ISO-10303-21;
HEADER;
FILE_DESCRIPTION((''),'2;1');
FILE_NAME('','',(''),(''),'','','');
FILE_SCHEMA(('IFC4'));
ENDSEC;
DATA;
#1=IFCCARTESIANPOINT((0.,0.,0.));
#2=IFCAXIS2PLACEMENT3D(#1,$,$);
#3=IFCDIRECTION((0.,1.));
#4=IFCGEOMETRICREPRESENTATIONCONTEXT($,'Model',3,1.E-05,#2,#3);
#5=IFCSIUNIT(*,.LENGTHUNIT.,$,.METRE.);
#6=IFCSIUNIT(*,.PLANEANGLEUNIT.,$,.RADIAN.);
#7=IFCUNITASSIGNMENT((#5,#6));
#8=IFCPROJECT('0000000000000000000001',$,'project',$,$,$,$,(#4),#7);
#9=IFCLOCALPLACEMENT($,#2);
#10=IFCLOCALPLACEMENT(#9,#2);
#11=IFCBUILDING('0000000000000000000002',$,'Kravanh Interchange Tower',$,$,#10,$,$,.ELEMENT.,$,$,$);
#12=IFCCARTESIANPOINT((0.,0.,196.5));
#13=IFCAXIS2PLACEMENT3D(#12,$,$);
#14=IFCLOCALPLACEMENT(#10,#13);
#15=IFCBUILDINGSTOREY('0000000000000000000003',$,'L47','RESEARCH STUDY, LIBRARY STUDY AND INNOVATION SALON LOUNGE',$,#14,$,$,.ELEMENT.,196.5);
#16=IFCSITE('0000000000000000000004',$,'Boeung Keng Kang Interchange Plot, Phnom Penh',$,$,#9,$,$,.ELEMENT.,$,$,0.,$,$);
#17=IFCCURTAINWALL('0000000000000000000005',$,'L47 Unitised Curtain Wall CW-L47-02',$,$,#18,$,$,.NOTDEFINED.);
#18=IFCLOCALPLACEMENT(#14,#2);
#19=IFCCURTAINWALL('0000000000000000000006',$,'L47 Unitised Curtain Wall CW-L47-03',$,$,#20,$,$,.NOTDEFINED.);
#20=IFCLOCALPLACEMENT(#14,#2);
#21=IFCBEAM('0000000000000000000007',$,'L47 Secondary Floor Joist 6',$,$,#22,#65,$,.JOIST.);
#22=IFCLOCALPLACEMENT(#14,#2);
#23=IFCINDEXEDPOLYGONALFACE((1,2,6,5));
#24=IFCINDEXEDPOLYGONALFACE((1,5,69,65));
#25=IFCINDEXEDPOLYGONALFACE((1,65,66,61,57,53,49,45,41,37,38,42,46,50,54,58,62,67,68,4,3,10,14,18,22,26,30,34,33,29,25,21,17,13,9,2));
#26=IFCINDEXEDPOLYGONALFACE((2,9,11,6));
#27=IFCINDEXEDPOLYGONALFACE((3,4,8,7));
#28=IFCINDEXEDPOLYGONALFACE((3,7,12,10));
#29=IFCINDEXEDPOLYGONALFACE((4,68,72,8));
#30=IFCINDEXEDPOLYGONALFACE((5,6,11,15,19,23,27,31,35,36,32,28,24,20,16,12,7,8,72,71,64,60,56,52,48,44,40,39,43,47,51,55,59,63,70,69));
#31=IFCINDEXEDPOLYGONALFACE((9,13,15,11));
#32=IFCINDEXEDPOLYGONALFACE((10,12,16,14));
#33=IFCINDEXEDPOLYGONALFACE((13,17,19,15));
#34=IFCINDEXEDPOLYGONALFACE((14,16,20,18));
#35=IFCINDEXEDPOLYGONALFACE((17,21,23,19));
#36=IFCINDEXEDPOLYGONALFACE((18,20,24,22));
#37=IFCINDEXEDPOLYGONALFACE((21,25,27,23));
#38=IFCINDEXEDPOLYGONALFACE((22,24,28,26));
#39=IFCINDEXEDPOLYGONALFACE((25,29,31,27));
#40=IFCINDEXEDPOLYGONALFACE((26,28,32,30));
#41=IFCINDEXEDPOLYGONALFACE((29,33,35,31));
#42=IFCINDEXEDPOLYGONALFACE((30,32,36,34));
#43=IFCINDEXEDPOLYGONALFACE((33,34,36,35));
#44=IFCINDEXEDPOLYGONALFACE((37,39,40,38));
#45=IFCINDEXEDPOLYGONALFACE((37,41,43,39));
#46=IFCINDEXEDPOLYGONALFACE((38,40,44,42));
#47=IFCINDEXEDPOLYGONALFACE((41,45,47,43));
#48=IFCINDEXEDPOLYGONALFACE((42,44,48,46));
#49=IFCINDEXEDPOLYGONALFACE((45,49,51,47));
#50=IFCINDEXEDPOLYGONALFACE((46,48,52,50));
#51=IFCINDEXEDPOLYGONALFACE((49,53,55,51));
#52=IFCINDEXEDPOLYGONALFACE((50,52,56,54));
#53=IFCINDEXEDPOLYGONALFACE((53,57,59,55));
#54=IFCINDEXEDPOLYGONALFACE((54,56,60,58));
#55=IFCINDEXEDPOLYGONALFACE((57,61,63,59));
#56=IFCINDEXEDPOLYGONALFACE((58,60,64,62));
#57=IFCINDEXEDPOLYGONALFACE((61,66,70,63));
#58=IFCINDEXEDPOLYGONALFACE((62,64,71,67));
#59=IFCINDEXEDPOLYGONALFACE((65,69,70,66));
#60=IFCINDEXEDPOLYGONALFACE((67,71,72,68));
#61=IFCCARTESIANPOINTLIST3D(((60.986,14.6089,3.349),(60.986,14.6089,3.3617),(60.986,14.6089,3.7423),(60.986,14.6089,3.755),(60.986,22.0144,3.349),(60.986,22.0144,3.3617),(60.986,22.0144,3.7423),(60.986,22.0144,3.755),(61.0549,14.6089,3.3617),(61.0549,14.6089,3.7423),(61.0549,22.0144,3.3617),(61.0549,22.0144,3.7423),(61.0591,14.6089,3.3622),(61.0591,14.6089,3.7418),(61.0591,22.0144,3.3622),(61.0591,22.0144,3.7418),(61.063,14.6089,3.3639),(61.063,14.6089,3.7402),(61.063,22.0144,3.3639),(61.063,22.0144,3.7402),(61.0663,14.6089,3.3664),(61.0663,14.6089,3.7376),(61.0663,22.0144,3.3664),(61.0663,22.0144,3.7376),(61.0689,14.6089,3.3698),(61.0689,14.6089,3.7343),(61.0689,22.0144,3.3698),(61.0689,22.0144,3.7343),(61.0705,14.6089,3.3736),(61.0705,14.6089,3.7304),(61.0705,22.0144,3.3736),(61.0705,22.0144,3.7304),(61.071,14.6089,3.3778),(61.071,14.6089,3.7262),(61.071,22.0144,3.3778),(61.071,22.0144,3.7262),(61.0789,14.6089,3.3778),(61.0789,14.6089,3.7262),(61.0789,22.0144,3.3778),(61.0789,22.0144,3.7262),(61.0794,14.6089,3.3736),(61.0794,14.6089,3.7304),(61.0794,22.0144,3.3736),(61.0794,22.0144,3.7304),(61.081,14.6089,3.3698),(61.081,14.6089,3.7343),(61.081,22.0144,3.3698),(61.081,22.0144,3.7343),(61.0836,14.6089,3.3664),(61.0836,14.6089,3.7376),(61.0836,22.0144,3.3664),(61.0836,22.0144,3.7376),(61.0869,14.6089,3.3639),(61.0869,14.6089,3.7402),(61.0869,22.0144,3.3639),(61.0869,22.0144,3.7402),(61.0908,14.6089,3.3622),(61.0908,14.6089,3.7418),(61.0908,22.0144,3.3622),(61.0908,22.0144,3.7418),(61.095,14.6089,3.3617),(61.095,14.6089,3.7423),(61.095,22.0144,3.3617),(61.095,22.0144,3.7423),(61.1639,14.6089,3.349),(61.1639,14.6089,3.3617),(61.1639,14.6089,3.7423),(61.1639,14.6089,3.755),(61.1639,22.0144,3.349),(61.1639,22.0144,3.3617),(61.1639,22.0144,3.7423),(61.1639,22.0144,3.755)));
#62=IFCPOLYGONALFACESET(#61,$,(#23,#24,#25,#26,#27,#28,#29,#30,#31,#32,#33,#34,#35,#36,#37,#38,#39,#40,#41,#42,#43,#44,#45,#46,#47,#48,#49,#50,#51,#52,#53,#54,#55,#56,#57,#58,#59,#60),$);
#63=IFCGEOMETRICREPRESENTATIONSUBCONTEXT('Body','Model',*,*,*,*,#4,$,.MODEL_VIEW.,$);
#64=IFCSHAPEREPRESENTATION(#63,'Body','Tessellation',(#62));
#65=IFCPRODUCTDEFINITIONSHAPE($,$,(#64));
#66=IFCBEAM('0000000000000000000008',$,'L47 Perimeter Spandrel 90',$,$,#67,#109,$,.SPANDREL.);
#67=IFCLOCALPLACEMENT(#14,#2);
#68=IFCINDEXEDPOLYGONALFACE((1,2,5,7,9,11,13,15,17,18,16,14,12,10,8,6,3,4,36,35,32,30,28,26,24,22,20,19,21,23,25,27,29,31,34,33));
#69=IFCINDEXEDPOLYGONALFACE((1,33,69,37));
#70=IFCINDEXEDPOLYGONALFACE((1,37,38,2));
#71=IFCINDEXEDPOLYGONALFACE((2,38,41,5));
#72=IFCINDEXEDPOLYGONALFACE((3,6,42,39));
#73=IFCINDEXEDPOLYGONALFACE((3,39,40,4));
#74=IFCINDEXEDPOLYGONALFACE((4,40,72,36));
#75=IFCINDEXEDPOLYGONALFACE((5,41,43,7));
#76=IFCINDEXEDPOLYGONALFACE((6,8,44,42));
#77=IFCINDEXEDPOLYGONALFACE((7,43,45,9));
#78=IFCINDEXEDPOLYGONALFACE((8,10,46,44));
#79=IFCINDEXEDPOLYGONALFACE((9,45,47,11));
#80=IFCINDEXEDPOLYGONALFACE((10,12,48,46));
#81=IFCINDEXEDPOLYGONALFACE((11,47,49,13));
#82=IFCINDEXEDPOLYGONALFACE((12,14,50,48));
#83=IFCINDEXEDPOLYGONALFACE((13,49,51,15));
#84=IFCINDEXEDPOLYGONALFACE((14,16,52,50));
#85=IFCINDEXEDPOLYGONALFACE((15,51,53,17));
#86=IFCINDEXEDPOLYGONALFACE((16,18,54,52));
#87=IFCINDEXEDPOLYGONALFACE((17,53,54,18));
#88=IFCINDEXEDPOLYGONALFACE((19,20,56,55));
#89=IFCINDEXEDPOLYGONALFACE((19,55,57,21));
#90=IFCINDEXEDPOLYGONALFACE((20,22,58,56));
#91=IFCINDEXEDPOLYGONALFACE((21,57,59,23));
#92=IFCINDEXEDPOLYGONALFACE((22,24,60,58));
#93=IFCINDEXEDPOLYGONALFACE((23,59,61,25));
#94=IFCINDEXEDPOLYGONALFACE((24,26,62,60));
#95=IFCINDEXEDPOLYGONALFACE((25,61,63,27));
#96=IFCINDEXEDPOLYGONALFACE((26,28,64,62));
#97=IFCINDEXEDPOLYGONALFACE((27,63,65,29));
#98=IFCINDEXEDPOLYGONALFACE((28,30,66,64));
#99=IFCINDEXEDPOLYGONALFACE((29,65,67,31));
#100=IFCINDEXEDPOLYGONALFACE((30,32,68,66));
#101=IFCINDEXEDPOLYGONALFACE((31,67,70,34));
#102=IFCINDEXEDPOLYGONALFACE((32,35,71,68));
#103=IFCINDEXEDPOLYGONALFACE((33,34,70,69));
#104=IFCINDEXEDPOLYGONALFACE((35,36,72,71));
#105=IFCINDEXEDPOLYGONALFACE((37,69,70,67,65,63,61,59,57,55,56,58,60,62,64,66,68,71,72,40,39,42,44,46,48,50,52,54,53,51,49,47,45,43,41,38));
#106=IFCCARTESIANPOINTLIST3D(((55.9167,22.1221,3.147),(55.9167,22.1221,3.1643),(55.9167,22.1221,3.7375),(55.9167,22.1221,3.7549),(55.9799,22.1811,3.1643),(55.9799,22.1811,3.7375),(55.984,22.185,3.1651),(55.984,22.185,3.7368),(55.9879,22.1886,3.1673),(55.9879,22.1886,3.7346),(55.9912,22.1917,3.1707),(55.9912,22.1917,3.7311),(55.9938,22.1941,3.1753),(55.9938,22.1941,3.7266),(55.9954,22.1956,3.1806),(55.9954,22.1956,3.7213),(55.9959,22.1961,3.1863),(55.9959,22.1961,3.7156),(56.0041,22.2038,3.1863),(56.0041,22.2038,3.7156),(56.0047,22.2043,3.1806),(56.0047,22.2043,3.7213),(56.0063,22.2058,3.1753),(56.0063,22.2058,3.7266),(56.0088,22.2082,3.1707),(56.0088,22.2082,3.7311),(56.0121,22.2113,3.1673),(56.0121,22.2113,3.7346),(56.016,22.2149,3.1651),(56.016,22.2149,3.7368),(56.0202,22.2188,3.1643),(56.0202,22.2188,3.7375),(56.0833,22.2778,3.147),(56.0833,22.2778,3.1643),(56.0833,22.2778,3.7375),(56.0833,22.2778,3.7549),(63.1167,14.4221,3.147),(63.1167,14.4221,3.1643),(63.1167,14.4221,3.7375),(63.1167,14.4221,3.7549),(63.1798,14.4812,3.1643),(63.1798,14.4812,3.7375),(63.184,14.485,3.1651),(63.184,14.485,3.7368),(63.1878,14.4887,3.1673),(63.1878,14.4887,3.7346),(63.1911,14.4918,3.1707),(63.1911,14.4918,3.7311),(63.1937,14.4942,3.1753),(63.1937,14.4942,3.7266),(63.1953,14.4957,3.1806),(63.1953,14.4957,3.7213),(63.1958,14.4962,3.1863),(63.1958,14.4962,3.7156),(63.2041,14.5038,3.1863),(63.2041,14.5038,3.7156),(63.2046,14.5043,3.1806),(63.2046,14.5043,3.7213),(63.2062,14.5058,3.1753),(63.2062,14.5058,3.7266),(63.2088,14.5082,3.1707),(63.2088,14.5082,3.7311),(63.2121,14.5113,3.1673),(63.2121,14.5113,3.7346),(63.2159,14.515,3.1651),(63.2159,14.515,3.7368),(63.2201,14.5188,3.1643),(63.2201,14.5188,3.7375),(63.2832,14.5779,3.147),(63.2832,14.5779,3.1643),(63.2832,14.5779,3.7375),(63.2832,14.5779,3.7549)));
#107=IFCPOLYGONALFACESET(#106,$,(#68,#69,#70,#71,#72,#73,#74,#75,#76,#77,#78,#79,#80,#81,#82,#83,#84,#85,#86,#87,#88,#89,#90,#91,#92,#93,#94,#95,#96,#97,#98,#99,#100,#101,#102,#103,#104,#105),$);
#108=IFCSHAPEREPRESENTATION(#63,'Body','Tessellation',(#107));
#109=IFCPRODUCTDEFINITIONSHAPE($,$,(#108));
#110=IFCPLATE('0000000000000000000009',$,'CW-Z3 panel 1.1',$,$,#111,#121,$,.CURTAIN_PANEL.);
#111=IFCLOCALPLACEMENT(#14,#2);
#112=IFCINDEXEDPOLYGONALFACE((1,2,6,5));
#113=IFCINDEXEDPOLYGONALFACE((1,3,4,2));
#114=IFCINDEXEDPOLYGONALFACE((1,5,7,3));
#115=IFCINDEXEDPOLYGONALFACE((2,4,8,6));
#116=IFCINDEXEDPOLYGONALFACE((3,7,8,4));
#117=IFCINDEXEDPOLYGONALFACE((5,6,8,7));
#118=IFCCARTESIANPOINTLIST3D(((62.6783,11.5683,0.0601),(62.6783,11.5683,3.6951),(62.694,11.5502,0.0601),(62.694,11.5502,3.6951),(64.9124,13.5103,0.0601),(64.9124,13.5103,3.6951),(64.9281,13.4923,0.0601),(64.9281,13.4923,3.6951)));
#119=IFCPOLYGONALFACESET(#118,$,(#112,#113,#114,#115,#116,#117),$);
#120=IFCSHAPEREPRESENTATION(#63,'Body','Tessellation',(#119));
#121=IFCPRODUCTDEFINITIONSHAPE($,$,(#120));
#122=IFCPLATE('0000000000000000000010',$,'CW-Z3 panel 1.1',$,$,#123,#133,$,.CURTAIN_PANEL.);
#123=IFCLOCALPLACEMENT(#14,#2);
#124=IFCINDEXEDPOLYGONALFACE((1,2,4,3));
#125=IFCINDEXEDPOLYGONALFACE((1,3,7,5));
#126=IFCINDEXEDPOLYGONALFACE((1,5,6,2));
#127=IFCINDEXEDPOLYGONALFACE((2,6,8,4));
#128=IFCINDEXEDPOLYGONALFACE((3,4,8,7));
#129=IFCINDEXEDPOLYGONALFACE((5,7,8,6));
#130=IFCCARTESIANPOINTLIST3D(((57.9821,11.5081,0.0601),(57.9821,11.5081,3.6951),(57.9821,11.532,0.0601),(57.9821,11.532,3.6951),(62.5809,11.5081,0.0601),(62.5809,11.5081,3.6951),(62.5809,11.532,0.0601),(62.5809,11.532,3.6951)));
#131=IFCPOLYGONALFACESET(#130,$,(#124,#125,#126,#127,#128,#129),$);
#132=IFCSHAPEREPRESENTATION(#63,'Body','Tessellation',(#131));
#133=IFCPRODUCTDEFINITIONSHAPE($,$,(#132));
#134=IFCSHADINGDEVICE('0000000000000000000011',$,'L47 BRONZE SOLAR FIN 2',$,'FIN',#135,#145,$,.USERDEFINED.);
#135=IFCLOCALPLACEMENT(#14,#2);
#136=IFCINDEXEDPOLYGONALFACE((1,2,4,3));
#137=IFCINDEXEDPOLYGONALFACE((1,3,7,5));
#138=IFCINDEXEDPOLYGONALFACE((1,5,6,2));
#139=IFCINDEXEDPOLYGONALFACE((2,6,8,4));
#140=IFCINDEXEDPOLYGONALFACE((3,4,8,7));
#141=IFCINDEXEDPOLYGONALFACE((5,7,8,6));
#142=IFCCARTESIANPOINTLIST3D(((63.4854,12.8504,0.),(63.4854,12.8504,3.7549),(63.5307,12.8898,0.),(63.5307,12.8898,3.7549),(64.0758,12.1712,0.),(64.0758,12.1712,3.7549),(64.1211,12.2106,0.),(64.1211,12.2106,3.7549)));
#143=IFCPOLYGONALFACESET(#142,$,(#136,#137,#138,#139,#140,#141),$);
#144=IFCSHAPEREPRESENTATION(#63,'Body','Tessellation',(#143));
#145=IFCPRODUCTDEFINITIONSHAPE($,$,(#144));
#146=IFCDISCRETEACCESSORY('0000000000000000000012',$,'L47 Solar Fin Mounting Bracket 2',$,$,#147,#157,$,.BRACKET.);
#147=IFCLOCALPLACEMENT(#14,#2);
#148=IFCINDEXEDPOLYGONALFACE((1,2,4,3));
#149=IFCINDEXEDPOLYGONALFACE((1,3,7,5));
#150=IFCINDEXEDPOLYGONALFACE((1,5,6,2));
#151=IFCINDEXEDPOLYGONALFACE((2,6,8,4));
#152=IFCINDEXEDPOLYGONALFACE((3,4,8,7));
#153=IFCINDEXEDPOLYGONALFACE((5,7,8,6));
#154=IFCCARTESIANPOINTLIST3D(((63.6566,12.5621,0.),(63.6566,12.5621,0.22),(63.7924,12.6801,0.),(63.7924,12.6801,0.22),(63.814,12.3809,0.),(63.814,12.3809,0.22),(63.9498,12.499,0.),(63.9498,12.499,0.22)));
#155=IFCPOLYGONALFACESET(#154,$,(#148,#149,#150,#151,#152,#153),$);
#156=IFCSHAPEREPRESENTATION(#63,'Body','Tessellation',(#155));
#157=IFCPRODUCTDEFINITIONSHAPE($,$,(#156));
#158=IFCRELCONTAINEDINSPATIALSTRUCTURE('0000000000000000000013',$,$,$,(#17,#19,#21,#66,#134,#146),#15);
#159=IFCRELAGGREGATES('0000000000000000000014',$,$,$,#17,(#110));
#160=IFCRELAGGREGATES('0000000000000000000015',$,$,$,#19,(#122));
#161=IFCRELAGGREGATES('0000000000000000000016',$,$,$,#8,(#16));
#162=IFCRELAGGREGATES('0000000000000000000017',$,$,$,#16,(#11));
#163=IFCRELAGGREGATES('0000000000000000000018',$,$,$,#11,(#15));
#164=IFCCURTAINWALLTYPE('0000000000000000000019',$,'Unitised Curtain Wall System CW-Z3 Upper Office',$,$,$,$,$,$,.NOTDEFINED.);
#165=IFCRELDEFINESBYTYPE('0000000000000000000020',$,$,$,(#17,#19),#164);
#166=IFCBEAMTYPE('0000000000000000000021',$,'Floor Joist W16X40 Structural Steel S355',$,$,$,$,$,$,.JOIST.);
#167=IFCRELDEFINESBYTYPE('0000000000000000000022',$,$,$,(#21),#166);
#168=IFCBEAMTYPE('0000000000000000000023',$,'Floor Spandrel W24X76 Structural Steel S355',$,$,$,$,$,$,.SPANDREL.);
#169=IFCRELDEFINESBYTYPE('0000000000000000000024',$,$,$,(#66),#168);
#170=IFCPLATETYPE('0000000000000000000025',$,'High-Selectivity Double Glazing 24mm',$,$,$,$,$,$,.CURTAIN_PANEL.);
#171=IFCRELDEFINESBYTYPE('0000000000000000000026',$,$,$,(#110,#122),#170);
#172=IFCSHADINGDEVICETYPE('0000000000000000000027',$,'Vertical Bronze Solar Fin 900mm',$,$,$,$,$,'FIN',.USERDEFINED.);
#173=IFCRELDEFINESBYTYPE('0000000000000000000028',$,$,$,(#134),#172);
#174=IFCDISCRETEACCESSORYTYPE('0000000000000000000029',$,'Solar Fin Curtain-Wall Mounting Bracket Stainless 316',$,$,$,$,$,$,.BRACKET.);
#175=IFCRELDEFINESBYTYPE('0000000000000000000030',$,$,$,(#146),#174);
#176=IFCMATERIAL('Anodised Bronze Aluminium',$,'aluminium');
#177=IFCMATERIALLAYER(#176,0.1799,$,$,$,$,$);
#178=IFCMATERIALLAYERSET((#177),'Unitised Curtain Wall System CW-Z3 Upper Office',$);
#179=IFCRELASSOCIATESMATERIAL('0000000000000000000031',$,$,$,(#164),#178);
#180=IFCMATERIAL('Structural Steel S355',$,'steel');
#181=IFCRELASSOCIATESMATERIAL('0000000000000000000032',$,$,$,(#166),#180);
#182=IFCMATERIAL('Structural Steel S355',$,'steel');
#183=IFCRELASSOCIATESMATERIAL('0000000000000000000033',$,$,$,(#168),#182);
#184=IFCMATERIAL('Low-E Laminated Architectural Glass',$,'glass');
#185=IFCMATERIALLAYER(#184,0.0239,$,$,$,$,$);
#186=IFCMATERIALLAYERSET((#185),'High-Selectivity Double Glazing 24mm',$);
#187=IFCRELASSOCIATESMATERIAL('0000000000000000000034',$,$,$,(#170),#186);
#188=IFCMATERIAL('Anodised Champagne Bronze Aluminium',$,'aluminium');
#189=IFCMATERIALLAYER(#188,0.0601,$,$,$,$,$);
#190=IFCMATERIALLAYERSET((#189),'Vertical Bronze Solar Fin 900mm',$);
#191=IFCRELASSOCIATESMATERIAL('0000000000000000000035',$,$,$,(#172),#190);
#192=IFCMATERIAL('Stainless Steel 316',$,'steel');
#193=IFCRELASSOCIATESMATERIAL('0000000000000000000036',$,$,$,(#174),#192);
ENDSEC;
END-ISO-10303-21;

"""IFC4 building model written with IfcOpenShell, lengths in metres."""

from ifc_helpers import new_model, si_unit, direction, frame, origin, origin_2d, place, context, subcontext, project, spatial, rectangle, i_section, extrude, material, layer, layer_set, material_profile, profile_set, type_object, element, aggregate, save


model = new_model("IFC4")

# Units and contexts
model_context = context("Model", 3, precision=1e-05, world=origin(), true_north=direction((0.0, 1.0)))
body_context = subcontext(model_context, "Body", "Model", "MODEL_VIEW")
ifc_project = project(units=[si_unit("LENGTHUNIT", "METRE"), si_unit("PLANEANGLEUNIT", "RADIAN")], contexts=[model_context])

# Site, building, storey
site_placement = place(None, origin())
site = spatial("IfcSite", under=ifc_project, at=site_placement, Name="Boeung Keng Kang Interchange Plot, Phnom Penh", CompositionType="ELEMENT", RefElevation=0.0)
building_placement = place(site_placement, origin())
building = spatial("IfcBuilding", under=site, at=building_placement, Name="Kravanh Interchange Tower", CompositionType="ELEMENT")
storey_placement = place(building_placement, frame((0.0, 0.0, 196.5)))
storey = spatial("IfcBuildingStorey", under=building, at=storey_placement, Name="L47", Description="RESEARCH STUDY, LIBRARY STUDY AND INNOVATION SALON LOUNGE", CompositionType="ELEMENT", Elevation=196.5)

# Curtain walls
ifc_material_1 = material(Name="Anodised Bronze Aluminium", Category="aluminium")
ifc_layer_1 = layer(ifc_material_1, 0.1799)
ifc_layer_set_1 = layer_set([ifc_layer_1], Name="Unitised Curtain Wall System CW-Z3 Upper Office")
curtain_wall_type = type_object("IfcCurtainWallType", Name="Unitised Curtain Wall System CW-Z3 Upper Office", PredefinedType="NOTDEFINED", material=ifc_layer_set_1)
curtain_wall_1_placement = place(storey_placement, origin())
curtain_wall_1 = element("IfcCurtainWall", 1, at=curtain_wall_1_placement, inside=storey, type_object=curtain_wall_type, Name="L47 Unitised Curtain Wall CW-L47-02", PredefinedType="NOTDEFINED")
curtain_wall_2_placement = place(storey_placement, origin())
curtain_wall_2 = element("IfcCurtainWall", 2, at=curtain_wall_2_placement, inside=storey, type_object=curtain_wall_type, Name="L47 Unitised Curtain Wall CW-L47-03", PredefinedType="NOTDEFINED")

# Beams
ifc_material_2 = material(Name="Structural Steel S355", Category="steel")
ifc_material_profile_1 = material_profile(ifc_material_2, i_section(OverallWidth=0.178, OverallDepth=0.406, WebThickness=0.0078, FlangeThickness=0.0127, FilletRadius=0.0161, at=origin_2d()), Name="W16X40")
ifc_profile_set_1 = profile_set([ifc_material_profile_1], Name="Structural Steel S355")
beam_type_1 = type_object("IfcBeamType", Name="Floor Joist W16X40 Structural Steel S355", PredefinedType="JOIST", material=ifc_profile_set_1)
for number, where, z_axis, x_axis, name in (
    (3, (61.075, 14.6089, 3.552), (0.0, 1.0, 0.0), (-1.0, 0.0, 0.0), "L47 Secondary Floor Joist 6"),
):
    element("IfcBeam", number, at=place(storey_placement, frame(where, z_axis=z_axis, x_axis=x_axis)), inside=storey, type_object=beam_type_1, Name=name, PredefinedType="JOIST", context=body_context, shape_type="SweptSolid", body=[
        extrude(i_section(OverallWidth=0.178, OverallDepth=0.406, WebThickness=0.0078, FlangeThickness=0.0127, FilletRadius=0.0161, at=origin_2d()), origin(), (0.0, 0.0, 1.0), 7.4055),
    ])
ifc_material_3 = material(Name="Structural Steel S355", Category="steel")
ifc_material_profile_2 = material_profile(ifc_material_3, i_section(OverallWidth=0.228, OverallDepth=0.6079, WebThickness=0.0112, FlangeThickness=0.0173, FilletRadius=0.022, at=origin_2d()), Name="W24X76")
ifc_profile_set_2 = profile_set([ifc_material_profile_2], Name="Structural Steel S355")
beam_type_2 = type_object("IfcBeamType", Name="Floor Spandrel W24X76 Structural Steel S355", PredefinedType="SPANDREL", material=ifc_profile_set_2)
beam_1_placement = place(storey_placement, frame((63.2, 14.5, 3.4509), z_axis=(-0.682994, 0.730424, 0.0), x_axis=(-0.730424, -0.682994, 0.0)))
element("IfcBeam", 4, at=beam_1_placement, inside=storey, type_object=beam_type_2, Name="L47 Perimeter Spandrel 90", PredefinedType="SPANDREL", context=body_context, shape_type="SweptSolid", body=[
    extrude(i_section(OverallWidth=0.228, OverallDepth=0.6079, WebThickness=0.0112, FlangeThickness=0.0173, FilletRadius=0.022, at=origin_2d()), origin(), (0.0, 0.0, 1.0), 10.5417),
])

# Plates
ifc_material_4 = material(Name="Low-E Laminated Architectural Glass", Category="glass")
ifc_layer_2 = layer(ifc_material_4, 0.0239)
ifc_layer_set_2 = layer_set([ifc_layer_2], Name="High-Selectivity Double Glazing 24mm")
plate_type = type_object("IfcPlateType", Name="High-Selectivity Double Glazing 24mm", PredefinedType="CURTAIN_PANEL", material=ifc_layer_set_2)
plate_1_placement = place(storey_placement, frame((63.8032, 12.5303, 0.0601), z_axis=(0.0, 0.0, 1.0), x_axis=(-0.754717, -0.656051, 0.0)))
plate_1 = element("IfcPlate", 5, at=plate_1_placement, type_object=plate_type, Name="CW-Z3 panel 1.1", PredefinedType="CURTAIN_PANEL", context=body_context, shape_type="SweptSolid", body=[
    extrude(rectangle(XDim=2.9602, YDim=0.0239, at=origin_2d()), origin(), (0.0, 0.0, 1.0), 3.635),
])
aggregate(curtain_wall_1, [plate_1])
plate_2_placement = place(storey_placement, frame((60.2815, 11.52, 0.0601), z_axis=(0.0, 0.0, 1.0), x_axis=(-1.0, 0.0, 0.0)))
plate_2 = element("IfcPlate", 6, at=plate_2_placement, type_object=plate_type, Name="CW-Z3 panel 1.1", PredefinedType="CURTAIN_PANEL", context=body_context, shape_type="SweptSolid", body=[
    extrude(rectangle(XDim=4.5989, YDim=0.0239, at=origin_2d()), origin(), (0.0, 0.0, 1.0), 3.635),
])
aggregate(curtain_wall_2, [plate_2])

# Shading device
ifc_material_5 = material(Name="Anodised Champagne Bronze Aluminium", Category="aluminium")
ifc_layer_3 = layer(ifc_material_5, 0.0601)
ifc_layer_set_3 = layer_set([ifc_layer_3], Name="Vertical Bronze Solar Fin 900mm")
shading_device_type = type_object("IfcShadingDeviceType", Name="Vertical Bronze Solar Fin 900mm", ElementType="FIN", PredefinedType="USERDEFINED", material=ifc_layer_set_3)
shading_device_placement = place(storey_placement, frame((63.8032, 12.5305, 0.0), z_axis=(0.0, 0.0, 1.0), x_axis=(0.65606, -0.754709, 0.0)))
element("IfcShadingDevice", 7, at=shading_device_placement, inside=storey, type_object=shading_device_type, Name="L47 BRONZE SOLAR FIN 2", ObjectType="FIN", PredefinedType="USERDEFINED", context=body_context, shape_type="SweptSolid", body=[
    extrude(rectangle(XDim=0.8999, YDim=0.0601, at=origin_2d()), origin(), (0.0, 0.0, 1.0), 3.7549),
])

# Discrete accessory
ifc_material_6 = material(Name="Stainless Steel 316", Category="steel")
discrete_accessory_type = type_object("IfcDiscreteAccessoryType", Name="Solar Fin Curtain-Wall Mounting Bracket Stainless 316", PredefinedType="BRACKET", material=ifc_material_6)
discrete_accessory_placement = place(storey_placement, frame((63.8032, 12.5305, 0.0), z_axis=(0.0, 0.0, 1.0), x_axis=(0.65606, -0.754709, 0.0)))
element("IfcDiscreteAccessory", 8, at=discrete_accessory_placement, inside=storey, type_object=discrete_accessory_type, Name="L47 Solar Fin Mounting Bracket 2", PredefinedType="BRACKET", context=body_context, shape_type="SweptSolid", body=[
    extrude(rectangle(XDim=0.24, YDim=0.1799, at=origin_2d()), origin(), (0.0, 0.0, 1.0), 0.22),
])

save(model, "model.ifc")
